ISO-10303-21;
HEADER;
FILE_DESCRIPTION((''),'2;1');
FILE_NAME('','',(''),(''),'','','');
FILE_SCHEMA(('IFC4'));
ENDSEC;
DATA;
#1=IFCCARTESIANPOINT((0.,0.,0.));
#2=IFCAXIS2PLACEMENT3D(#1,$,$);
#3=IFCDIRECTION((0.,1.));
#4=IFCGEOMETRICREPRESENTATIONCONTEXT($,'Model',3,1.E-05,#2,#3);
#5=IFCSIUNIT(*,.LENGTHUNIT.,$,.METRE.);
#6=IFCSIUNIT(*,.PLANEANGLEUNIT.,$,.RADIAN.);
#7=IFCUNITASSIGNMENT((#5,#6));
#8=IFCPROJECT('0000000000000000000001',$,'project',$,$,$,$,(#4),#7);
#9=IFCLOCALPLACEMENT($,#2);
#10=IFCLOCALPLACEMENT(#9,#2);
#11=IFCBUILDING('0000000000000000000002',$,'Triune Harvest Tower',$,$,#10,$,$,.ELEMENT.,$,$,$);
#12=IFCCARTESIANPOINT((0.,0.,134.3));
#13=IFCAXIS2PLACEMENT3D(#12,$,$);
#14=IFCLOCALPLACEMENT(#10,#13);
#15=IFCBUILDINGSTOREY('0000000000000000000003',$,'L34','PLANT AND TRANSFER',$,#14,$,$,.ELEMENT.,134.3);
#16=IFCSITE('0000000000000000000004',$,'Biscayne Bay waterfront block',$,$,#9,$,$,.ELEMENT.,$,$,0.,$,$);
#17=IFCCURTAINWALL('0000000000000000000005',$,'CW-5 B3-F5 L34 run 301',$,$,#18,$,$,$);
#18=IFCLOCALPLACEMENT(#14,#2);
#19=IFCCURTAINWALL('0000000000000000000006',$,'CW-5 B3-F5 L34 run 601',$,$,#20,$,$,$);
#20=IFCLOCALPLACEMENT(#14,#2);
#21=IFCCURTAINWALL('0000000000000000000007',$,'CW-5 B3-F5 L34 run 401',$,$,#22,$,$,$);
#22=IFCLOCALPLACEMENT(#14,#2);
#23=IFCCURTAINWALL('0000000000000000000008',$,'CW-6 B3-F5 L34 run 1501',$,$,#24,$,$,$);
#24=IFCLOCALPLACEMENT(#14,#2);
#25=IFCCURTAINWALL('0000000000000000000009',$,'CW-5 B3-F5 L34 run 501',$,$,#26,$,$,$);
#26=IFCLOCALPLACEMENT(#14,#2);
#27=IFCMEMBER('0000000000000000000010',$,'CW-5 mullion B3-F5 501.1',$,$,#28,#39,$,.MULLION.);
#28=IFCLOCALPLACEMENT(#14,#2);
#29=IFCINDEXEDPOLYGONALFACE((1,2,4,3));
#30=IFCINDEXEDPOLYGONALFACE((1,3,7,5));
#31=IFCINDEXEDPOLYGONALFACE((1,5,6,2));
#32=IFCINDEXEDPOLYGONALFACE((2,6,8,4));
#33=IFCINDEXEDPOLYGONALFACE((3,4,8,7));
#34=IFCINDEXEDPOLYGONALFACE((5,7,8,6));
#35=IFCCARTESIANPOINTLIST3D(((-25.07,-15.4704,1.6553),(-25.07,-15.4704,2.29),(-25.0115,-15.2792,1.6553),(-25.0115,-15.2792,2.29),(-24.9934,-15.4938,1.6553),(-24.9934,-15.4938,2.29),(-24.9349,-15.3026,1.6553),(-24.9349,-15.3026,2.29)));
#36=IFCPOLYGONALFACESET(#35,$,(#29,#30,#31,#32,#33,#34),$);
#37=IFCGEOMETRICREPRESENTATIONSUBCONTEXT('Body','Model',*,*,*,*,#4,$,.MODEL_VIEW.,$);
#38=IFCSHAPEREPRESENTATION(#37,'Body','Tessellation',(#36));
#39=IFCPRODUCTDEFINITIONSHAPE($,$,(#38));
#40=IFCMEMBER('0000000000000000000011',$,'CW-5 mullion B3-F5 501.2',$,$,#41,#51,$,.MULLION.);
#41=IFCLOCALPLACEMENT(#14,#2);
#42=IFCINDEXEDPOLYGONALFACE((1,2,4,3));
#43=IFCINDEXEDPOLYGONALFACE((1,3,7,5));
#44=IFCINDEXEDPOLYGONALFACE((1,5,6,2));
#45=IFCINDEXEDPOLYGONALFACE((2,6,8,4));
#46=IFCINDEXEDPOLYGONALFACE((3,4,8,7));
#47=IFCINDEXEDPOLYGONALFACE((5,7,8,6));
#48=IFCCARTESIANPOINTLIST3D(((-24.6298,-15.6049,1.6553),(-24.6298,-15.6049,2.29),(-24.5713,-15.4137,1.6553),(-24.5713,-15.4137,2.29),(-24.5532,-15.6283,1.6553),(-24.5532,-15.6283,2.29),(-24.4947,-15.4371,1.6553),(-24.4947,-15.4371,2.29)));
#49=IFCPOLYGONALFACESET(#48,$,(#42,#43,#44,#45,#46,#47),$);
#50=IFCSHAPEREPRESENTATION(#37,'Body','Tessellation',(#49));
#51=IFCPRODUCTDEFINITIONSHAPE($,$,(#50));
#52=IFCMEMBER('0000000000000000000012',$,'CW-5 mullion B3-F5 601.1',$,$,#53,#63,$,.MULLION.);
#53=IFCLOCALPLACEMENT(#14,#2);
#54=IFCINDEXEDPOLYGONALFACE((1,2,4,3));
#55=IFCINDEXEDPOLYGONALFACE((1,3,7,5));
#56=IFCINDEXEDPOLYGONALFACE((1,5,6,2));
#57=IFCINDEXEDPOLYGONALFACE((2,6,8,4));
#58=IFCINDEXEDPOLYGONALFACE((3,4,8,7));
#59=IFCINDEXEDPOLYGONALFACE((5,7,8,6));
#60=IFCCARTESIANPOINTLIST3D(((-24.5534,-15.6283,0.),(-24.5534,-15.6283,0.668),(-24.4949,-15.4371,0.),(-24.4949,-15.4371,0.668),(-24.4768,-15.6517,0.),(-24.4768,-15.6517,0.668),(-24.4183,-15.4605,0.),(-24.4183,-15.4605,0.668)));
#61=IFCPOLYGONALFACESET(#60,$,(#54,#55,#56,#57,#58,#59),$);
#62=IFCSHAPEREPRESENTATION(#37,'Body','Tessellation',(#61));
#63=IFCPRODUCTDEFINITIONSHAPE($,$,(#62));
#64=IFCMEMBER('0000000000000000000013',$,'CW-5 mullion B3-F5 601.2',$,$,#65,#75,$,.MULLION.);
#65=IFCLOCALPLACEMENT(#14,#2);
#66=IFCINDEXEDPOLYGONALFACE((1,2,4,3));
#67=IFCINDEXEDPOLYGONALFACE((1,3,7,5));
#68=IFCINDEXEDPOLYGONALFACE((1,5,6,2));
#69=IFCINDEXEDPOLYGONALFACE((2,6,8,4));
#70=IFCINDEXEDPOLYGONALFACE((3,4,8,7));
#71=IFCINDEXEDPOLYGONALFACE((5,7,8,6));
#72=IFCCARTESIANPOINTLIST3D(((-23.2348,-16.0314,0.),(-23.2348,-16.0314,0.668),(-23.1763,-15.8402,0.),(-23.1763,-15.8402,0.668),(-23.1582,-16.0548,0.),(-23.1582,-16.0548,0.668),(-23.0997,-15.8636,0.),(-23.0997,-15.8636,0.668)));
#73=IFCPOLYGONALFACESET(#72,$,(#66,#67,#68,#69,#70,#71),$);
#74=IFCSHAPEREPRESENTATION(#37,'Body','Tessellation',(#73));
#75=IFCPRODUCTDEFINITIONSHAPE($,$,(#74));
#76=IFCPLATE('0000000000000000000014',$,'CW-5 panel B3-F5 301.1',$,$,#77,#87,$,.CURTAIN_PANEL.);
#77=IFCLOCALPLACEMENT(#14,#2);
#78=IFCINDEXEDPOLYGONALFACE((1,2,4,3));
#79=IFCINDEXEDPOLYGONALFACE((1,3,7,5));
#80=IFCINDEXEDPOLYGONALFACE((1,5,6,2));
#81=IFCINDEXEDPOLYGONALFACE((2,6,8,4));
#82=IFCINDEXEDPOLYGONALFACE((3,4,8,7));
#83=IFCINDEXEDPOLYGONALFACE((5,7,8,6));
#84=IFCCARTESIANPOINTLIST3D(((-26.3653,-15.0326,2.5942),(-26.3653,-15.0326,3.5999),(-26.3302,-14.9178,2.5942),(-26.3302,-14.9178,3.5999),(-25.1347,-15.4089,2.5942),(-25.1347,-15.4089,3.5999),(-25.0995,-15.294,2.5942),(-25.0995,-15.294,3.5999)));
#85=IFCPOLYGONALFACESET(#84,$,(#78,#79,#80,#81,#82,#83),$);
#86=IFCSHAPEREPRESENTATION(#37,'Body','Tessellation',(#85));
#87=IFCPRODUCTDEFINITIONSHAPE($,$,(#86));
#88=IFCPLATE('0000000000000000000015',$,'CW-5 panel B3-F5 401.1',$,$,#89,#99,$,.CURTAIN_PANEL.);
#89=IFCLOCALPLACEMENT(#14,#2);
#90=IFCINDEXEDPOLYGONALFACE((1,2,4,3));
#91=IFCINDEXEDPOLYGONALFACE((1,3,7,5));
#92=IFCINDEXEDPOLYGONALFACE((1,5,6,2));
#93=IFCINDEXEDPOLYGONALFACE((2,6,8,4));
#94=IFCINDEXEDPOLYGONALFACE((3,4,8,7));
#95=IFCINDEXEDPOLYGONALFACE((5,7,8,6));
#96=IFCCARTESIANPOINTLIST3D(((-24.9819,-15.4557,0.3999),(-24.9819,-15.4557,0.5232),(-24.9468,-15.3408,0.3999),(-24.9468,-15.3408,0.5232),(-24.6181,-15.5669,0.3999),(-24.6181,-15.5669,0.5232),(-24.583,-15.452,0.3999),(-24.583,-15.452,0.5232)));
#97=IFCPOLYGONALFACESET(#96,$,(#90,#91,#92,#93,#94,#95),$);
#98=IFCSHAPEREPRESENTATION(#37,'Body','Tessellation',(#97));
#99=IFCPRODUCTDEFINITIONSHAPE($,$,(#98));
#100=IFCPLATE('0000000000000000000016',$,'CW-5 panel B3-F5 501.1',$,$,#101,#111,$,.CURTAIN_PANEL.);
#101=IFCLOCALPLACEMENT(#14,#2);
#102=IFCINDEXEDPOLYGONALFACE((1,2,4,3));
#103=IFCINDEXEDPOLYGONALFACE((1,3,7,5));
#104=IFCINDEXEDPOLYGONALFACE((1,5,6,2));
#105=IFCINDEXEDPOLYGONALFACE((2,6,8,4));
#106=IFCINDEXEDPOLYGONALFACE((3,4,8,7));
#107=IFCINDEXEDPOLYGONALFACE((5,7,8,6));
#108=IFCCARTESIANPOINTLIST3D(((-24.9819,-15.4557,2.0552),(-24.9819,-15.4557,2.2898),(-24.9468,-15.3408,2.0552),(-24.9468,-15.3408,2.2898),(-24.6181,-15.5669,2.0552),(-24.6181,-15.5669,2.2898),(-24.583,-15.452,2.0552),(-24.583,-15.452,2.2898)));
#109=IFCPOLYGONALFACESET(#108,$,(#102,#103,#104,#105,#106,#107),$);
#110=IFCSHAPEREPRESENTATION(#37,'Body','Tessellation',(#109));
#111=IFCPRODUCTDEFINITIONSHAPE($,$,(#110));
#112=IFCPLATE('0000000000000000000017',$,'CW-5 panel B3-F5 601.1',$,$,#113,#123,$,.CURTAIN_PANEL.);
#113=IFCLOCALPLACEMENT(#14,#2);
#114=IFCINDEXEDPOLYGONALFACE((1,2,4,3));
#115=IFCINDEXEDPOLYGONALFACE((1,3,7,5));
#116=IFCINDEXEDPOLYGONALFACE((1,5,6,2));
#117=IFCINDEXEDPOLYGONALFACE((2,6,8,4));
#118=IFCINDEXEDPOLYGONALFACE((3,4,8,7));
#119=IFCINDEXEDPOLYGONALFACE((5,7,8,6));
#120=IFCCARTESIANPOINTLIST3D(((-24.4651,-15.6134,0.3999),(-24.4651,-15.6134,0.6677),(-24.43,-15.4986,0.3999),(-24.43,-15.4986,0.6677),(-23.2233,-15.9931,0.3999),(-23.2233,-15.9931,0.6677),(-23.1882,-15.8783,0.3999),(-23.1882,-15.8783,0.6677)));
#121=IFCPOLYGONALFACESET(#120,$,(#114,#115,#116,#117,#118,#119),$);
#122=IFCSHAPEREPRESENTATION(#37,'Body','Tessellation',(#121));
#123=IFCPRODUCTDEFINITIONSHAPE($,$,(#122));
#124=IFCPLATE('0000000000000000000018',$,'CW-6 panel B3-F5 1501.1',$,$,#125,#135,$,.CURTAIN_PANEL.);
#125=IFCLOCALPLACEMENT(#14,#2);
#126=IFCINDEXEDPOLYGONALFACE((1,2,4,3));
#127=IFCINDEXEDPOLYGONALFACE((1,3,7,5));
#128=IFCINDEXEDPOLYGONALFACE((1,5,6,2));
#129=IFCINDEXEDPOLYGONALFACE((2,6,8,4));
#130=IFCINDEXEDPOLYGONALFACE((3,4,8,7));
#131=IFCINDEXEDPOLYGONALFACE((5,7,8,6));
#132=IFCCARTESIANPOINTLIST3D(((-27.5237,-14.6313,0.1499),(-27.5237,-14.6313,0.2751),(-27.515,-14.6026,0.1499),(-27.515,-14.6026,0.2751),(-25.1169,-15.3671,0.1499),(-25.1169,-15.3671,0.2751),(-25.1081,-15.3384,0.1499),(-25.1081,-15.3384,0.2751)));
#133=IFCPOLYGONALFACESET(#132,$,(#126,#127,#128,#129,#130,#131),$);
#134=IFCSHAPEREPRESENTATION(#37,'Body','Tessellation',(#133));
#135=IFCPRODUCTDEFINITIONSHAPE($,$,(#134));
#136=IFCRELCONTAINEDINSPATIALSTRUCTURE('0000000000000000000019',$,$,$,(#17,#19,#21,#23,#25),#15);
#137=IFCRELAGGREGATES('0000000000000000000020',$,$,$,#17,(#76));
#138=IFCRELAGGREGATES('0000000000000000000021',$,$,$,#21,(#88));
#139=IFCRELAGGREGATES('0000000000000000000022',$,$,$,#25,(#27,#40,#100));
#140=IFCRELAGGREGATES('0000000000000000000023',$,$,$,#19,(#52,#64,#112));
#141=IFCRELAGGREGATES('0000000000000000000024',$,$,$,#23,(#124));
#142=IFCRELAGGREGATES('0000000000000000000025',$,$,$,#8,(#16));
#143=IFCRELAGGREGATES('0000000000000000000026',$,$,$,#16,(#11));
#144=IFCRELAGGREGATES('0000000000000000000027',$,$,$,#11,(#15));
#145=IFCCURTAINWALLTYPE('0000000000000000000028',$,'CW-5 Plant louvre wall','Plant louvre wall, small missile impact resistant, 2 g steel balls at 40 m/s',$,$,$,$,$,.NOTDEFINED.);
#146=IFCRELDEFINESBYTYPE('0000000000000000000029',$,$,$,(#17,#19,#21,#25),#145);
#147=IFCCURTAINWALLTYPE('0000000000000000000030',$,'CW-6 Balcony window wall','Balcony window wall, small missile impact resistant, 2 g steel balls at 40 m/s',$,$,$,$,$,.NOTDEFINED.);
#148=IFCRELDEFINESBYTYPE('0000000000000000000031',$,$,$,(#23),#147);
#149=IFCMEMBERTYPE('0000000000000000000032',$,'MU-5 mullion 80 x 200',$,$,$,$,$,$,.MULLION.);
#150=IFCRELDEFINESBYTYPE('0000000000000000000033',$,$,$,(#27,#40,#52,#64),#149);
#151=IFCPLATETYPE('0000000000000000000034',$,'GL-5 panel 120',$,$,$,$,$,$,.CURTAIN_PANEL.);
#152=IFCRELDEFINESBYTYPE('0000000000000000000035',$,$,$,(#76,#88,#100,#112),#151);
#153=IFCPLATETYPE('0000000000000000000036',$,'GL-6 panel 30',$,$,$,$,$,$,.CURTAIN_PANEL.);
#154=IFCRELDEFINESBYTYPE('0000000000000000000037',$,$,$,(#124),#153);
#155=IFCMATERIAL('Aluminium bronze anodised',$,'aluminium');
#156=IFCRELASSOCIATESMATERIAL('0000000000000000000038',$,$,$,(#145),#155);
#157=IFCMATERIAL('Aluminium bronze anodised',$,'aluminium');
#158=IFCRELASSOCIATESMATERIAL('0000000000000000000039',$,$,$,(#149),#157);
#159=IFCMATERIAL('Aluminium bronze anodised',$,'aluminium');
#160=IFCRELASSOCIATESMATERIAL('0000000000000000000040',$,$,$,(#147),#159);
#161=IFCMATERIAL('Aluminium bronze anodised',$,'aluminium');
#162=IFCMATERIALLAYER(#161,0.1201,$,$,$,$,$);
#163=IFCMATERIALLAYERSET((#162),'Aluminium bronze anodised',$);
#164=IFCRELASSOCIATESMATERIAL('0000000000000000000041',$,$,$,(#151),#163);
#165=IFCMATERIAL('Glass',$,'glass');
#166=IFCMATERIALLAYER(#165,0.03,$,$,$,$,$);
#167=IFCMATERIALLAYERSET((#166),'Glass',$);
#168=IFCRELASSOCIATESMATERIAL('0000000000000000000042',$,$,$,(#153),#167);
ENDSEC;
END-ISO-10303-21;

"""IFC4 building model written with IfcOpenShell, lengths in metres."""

from ifc_helpers import new_model, si_unit, direction, frame, origin, origin_2d, place, context, subcontext, project, spatial, rectangle, extrude, source, transform, mapped, material, layer, layer_set, material_profile, profile_set, type_object, element, aggregate, save


model = new_model("IFC4")

# Units and contexts
model_context = context("Model", 3, precision=1e-05, world=origin(), true_north=direction((0.0, 1.0)))
body_context = subcontext(model_context, "Body", "Model", "MODEL_VIEW")
ifc_project = project(units=[si_unit("LENGTHUNIT", "METRE"), si_unit("PLANEANGLEUNIT", "RADIAN")], contexts=[model_context])

# Site, building, storey
site_placement = place(None, origin())
site = spatial("IfcSite", under=ifc_project, at=site_placement, Name="Biscayne Bay waterfront block", CompositionType="ELEMENT", RefElevation=0.0)
building_placement = place(site_placement, origin())
building = spatial("IfcBuilding", under=site, at=building_placement, Name="Triune Harvest Tower", CompositionType="ELEMENT")
storey_placement = place(building_placement, frame((0.0, 0.0, 134.3)))
storey = spatial("IfcBuildingStorey", under=building, at=storey_placement, Name="L34", Description="PLANT AND TRANSFER", CompositionType="ELEMENT", Elevation=134.3)

# Curtain walls
ifc_material_1 = material(Name="Aluminium bronze anodised", Category="aluminium")
curtain_wall_type_1 = type_object("IfcCurtainWallType", Name="CW-5 Plant louvre wall", Description="Plant louvre wall, small missile impact resistant, 2 g steel balls at 40 m/s", PredefinedType="NOTDEFINED", material=ifc_material_1)
curtain_wall_1_placement = place(storey_placement, origin())
curtain_wall_1 = element("IfcCurtainWall", 1, at=curtain_wall_1_placement, inside=storey, type_object=curtain_wall_type_1, Name="CW-5 B3-F5 L34 run 301")
curtain_wall_2_placement = place(storey_placement, origin())
curtain_wall_2 = element("IfcCurtainWall", 2, at=curtain_wall_2_placement, inside=storey, type_object=curtain_wall_type_1, Name="CW-5 B3-F5 L34 run 601")

# Curtain walls
curtain_wall_3_placement = place(storey_placement, origin())
curtain_wall_3 = element("IfcCurtainWall", 3, at=curtain_wall_3_placement, inside=storey, type_object=curtain_wall_type_1, Name="CW-5 B3-F5 L34 run 401")
ifc_material_2 = material(Name="Aluminium bronze anodised", Category="aluminium")
ifc_material_profile_1 = material_profile(ifc_material_2, rectangle(XDim=0.2, YDim=0.0801, at=origin_2d()), Name="MU-5 mullion 80 x 200")
ifc_profile_set_1 = profile_set([ifc_material_profile_1], Name="Aluminium bronze anodised")
member_type_1 = type_object("IfcMemberType", Name="MU-5 mullion 80 x 200", PredefinedType="MULLION", material=ifc_profile_set_1)
ifc_material_3 = material(Name="Aluminium bronze anodised", Category="aluminium")
curtain_wall_type_2 = type_object("IfcCurtainWallType", Name="CW-6 Balcony window wall", Description="Balcony window wall, small missile impact resistant, 2 g steel balls at 40 m/s", PredefinedType="NOTDEFINED", material=ifc_material_3)
curtain_wall_4_placement = place(storey_placement, origin())
curtain_wall_4 = element("IfcCurtainWall", 4, at=curtain_wall_4_placement, inside=storey, type_object=curtain_wall_type_2, Name="CW-6 B3-F5 L34 run 1501")

# Curtain wall, members
curtain_wall_5_placement = place(storey_placement, origin())
curtain_wall_5 = element("IfcCurtainWall", 5, at=curtain_wall_5_placement, inside=storey, type_object=curtain_wall_type_1, Name="CW-5 B3-F5 L34 run 501")
shared_shape_1 = source(origin(), body_context, "Body", "SweptSolid", [
    extrude(rectangle(XDim=0.2, YDim=0.0801, at=origin_2d()), origin(), (0.0, 0.0, 1.0), 0.6348),
])
member_1_placement = place(storey_placement, frame((-25.0024, -15.3865, 1.6553), z_axis=(0.0, 0.0, 1.0), x_axis=(0.292251, 0.956342, 0.0)))
member_1 = element("IfcMember", 6, at=member_1_placement, type_object=member_type_1, Name="CW-5 mullion B3-F5 501.1", PredefinedType="MULLION", context=body_context, shape_type="MappedRepresentation", body=[
    mapped(shared_shape_1, transform((0.0, 0.0, 0.0), scale=1.0)),
])
member_2_placement = place(storey_placement, frame((-24.5623, -15.521, 1.6553), z_axis=(0.0, 0.0, 1.0), x_axis=(0.292251, 0.956342, 0.0)))
member_2 = element("IfcMember", 7, at=member_2_placement, type_object=member_type_1, Name="CW-5 mullion B3-F5 501.2", PredefinedType="MULLION", context=body_context, shape_type="MappedRepresentation", body=[
    mapped(shared_shape_1, transform((0.0, 0.0, 0.0), scale=1.0)),
])

# Members
shared_shape_2 = source(origin(), body_context, "Body", "SweptSolid", [
    extrude(rectangle(XDim=0.2, YDim=0.0801, at=origin_2d()), origin(), (0.0, 0.0, 1.0), 0.668),
])
member_3_placement = place(storey_placement, frame((-24.4858, -15.5444, 0.0), z_axis=(0.0, 0.0, 1.0), x_axis=(0.292394, 0.956298, 0.0)))
member_3 = element("IfcMember", 8, at=member_3_placement, type_object=member_type_1, Name="CW-5 mullion B3-F5 601.1", PredefinedType="MULLION", context=body_context, shape_type="MappedRepresentation", body=[
    mapped(shared_shape_2, transform((0.0, 0.0, 0.0), scale=1.0)),
])
member_4_placement = place(storey_placement, frame((-23.1672, -15.9475, 0.0), z_axis=(0.0, 0.0, 1.0), x_axis=(0.292394, 0.956298, 0.0)))
member_4 = element("IfcMember", 9, at=member_4_placement, type_object=member_type_1, Name="CW-5 mullion B3-F5 601.2", PredefinedType="MULLION", context=body_context, shape_type="MappedRepresentation", body=[
    mapped(shared_shape_2, transform((0.0, 0.0, 0.0), scale=1.0)),
])

# Plates
ifc_material_4 = material(Name="Aluminium bronze anodised", Category="aluminium")
ifc_layer_1 = layer(ifc_material_4, 0.1201)
ifc_layer_set_1 = layer_set([ifc_layer_1], Name="Aluminium bronze anodised")
plate_type_1 = type_object("IfcPlateType", Name="GL-5 panel 120", PredefinedType="CURTAIN_PANEL", material=ifc_layer_set_1)
plate_1_placement = place(storey_placement, frame((-25.7324, -15.1633, 2.5942), z_axis=(0.0, 0.0, 1.0), x_axis=(0.956306, -0.292366, 0.0)))
plate_1 = element("IfcPlate", 10, at=plate_1_placement, type_object=plate_type_1, Name="CW-5 panel B3-F5 301.1", PredefinedType="CURTAIN_PANEL", context=body_context, shape_type="SweptSolid", body=[
    extrude(rectangle(XDim=1.2869, YDim=0.1201, at=origin_2d()), origin(), (0.0, 0.0, 1.0), 1.0056),
])
aggregate(curtain_wall_1, [plate_1])
plate_2_placement = place(storey_placement, frame((-24.7825, -15.4539, 0.3999), z_axis=(0.0, 0.0, 1.0), x_axis=(0.956342, -0.292251, 0.0)))
plate_2 = element("IfcPlate", 11, at=plate_2_placement, type_object=plate_type_1, Name="CW-5 panel B3-F5 401.1", PredefinedType="CURTAIN_PANEL", context=body_context, shape_type="SweptSolid", body=[
    extrude(rectangle(XDim=0.3804, YDim=0.1201, at=origin_2d()), origin(), (0.0, 0.0, 1.0), 0.1233),
])
aggregate(curtain_wall_3, [plate_2])
plate_3_placement = place(storey_placement, frame((-24.7825, -15.4539, 2.0552), z_axis=(0.0, 0.0, 1.0), x_axis=(0.956342, -0.292251, 0.0)))
plate_3 = element("IfcPlate", 12, at=plate_3_placement, type_object=plate_type_1, Name="CW-5 panel B3-F5 501.1", PredefinedType="CURTAIN_PANEL", context=body_context, shape_type="SweptSolid", body=[
    extrude(rectangle(XDim=0.3804, YDim=0.1201, at=origin_2d()), origin(), (0.0, 0.0, 1.0), 0.2346),
])
aggregate(curtain_wall_5, [member_1, member_2, plate_3])
plate_4_placement = place(storey_placement, frame((-23.8267, -15.7458, 0.3999), z_axis=(0.0, 0.0, 1.0), x_axis=(0.956298, -0.292394, 0.0)))
plate_4 = element("IfcPlate", 13, at=plate_4_placement, type_object=plate_type_1, Name="CW-5 panel B3-F5 601.1", PredefinedType="CURTAIN_PANEL", context=body_context, shape_type="SweptSolid", body=[
    extrude(rectangle(XDim=1.2986, YDim=0.1201, at=origin_2d()), origin(), (0.0, 0.0, 1.0), 0.2678),
])
aggregate(curtain_wall_2, [member_3, member_4, plate_4])
ifc_material_5 = material(Name="Glass", Category="glass")
ifc_layer_2 = layer(ifc_material_5, 0.03)
ifc_layer_set_2 = layer_set([ifc_layer_2], Name="Glass")
plate_type_2 = type_object("IfcPlateType", Name="GL-6 panel 30", PredefinedType="CURTAIN_PANEL", material=ifc_layer_set_2)
shared_shape_3 = source(origin(), body_context, "Body", "SweptSolid", [
    extrude(rectangle(XDim=2.5168, YDim=0.03, at=origin_2d()), origin(), (0.0, 0.0, 1.0), 0.1252),
])
plate_5_placement = place(storey_placement, frame((-26.3159, -14.9849, 0.1499), z_axis=(0.0, 0.0, 1.0), x_axis=(0.956305, -0.29237, 0.0)))
plate_5 = element("IfcPlate", 14, at=plate_5_placement, type_object=plate_type_2, Name="CW-6 panel B3-F5 1501.1", PredefinedType="CURTAIN_PANEL", context=body_context, shape_type="MappedRepresentation", body=[
    mapped(shared_shape_3, transform((0.0, 0.0, 0.0), scale=1.0)),
])
aggregate(curtain_wall_4, [plate_5])

save(model, "model.ifc")
